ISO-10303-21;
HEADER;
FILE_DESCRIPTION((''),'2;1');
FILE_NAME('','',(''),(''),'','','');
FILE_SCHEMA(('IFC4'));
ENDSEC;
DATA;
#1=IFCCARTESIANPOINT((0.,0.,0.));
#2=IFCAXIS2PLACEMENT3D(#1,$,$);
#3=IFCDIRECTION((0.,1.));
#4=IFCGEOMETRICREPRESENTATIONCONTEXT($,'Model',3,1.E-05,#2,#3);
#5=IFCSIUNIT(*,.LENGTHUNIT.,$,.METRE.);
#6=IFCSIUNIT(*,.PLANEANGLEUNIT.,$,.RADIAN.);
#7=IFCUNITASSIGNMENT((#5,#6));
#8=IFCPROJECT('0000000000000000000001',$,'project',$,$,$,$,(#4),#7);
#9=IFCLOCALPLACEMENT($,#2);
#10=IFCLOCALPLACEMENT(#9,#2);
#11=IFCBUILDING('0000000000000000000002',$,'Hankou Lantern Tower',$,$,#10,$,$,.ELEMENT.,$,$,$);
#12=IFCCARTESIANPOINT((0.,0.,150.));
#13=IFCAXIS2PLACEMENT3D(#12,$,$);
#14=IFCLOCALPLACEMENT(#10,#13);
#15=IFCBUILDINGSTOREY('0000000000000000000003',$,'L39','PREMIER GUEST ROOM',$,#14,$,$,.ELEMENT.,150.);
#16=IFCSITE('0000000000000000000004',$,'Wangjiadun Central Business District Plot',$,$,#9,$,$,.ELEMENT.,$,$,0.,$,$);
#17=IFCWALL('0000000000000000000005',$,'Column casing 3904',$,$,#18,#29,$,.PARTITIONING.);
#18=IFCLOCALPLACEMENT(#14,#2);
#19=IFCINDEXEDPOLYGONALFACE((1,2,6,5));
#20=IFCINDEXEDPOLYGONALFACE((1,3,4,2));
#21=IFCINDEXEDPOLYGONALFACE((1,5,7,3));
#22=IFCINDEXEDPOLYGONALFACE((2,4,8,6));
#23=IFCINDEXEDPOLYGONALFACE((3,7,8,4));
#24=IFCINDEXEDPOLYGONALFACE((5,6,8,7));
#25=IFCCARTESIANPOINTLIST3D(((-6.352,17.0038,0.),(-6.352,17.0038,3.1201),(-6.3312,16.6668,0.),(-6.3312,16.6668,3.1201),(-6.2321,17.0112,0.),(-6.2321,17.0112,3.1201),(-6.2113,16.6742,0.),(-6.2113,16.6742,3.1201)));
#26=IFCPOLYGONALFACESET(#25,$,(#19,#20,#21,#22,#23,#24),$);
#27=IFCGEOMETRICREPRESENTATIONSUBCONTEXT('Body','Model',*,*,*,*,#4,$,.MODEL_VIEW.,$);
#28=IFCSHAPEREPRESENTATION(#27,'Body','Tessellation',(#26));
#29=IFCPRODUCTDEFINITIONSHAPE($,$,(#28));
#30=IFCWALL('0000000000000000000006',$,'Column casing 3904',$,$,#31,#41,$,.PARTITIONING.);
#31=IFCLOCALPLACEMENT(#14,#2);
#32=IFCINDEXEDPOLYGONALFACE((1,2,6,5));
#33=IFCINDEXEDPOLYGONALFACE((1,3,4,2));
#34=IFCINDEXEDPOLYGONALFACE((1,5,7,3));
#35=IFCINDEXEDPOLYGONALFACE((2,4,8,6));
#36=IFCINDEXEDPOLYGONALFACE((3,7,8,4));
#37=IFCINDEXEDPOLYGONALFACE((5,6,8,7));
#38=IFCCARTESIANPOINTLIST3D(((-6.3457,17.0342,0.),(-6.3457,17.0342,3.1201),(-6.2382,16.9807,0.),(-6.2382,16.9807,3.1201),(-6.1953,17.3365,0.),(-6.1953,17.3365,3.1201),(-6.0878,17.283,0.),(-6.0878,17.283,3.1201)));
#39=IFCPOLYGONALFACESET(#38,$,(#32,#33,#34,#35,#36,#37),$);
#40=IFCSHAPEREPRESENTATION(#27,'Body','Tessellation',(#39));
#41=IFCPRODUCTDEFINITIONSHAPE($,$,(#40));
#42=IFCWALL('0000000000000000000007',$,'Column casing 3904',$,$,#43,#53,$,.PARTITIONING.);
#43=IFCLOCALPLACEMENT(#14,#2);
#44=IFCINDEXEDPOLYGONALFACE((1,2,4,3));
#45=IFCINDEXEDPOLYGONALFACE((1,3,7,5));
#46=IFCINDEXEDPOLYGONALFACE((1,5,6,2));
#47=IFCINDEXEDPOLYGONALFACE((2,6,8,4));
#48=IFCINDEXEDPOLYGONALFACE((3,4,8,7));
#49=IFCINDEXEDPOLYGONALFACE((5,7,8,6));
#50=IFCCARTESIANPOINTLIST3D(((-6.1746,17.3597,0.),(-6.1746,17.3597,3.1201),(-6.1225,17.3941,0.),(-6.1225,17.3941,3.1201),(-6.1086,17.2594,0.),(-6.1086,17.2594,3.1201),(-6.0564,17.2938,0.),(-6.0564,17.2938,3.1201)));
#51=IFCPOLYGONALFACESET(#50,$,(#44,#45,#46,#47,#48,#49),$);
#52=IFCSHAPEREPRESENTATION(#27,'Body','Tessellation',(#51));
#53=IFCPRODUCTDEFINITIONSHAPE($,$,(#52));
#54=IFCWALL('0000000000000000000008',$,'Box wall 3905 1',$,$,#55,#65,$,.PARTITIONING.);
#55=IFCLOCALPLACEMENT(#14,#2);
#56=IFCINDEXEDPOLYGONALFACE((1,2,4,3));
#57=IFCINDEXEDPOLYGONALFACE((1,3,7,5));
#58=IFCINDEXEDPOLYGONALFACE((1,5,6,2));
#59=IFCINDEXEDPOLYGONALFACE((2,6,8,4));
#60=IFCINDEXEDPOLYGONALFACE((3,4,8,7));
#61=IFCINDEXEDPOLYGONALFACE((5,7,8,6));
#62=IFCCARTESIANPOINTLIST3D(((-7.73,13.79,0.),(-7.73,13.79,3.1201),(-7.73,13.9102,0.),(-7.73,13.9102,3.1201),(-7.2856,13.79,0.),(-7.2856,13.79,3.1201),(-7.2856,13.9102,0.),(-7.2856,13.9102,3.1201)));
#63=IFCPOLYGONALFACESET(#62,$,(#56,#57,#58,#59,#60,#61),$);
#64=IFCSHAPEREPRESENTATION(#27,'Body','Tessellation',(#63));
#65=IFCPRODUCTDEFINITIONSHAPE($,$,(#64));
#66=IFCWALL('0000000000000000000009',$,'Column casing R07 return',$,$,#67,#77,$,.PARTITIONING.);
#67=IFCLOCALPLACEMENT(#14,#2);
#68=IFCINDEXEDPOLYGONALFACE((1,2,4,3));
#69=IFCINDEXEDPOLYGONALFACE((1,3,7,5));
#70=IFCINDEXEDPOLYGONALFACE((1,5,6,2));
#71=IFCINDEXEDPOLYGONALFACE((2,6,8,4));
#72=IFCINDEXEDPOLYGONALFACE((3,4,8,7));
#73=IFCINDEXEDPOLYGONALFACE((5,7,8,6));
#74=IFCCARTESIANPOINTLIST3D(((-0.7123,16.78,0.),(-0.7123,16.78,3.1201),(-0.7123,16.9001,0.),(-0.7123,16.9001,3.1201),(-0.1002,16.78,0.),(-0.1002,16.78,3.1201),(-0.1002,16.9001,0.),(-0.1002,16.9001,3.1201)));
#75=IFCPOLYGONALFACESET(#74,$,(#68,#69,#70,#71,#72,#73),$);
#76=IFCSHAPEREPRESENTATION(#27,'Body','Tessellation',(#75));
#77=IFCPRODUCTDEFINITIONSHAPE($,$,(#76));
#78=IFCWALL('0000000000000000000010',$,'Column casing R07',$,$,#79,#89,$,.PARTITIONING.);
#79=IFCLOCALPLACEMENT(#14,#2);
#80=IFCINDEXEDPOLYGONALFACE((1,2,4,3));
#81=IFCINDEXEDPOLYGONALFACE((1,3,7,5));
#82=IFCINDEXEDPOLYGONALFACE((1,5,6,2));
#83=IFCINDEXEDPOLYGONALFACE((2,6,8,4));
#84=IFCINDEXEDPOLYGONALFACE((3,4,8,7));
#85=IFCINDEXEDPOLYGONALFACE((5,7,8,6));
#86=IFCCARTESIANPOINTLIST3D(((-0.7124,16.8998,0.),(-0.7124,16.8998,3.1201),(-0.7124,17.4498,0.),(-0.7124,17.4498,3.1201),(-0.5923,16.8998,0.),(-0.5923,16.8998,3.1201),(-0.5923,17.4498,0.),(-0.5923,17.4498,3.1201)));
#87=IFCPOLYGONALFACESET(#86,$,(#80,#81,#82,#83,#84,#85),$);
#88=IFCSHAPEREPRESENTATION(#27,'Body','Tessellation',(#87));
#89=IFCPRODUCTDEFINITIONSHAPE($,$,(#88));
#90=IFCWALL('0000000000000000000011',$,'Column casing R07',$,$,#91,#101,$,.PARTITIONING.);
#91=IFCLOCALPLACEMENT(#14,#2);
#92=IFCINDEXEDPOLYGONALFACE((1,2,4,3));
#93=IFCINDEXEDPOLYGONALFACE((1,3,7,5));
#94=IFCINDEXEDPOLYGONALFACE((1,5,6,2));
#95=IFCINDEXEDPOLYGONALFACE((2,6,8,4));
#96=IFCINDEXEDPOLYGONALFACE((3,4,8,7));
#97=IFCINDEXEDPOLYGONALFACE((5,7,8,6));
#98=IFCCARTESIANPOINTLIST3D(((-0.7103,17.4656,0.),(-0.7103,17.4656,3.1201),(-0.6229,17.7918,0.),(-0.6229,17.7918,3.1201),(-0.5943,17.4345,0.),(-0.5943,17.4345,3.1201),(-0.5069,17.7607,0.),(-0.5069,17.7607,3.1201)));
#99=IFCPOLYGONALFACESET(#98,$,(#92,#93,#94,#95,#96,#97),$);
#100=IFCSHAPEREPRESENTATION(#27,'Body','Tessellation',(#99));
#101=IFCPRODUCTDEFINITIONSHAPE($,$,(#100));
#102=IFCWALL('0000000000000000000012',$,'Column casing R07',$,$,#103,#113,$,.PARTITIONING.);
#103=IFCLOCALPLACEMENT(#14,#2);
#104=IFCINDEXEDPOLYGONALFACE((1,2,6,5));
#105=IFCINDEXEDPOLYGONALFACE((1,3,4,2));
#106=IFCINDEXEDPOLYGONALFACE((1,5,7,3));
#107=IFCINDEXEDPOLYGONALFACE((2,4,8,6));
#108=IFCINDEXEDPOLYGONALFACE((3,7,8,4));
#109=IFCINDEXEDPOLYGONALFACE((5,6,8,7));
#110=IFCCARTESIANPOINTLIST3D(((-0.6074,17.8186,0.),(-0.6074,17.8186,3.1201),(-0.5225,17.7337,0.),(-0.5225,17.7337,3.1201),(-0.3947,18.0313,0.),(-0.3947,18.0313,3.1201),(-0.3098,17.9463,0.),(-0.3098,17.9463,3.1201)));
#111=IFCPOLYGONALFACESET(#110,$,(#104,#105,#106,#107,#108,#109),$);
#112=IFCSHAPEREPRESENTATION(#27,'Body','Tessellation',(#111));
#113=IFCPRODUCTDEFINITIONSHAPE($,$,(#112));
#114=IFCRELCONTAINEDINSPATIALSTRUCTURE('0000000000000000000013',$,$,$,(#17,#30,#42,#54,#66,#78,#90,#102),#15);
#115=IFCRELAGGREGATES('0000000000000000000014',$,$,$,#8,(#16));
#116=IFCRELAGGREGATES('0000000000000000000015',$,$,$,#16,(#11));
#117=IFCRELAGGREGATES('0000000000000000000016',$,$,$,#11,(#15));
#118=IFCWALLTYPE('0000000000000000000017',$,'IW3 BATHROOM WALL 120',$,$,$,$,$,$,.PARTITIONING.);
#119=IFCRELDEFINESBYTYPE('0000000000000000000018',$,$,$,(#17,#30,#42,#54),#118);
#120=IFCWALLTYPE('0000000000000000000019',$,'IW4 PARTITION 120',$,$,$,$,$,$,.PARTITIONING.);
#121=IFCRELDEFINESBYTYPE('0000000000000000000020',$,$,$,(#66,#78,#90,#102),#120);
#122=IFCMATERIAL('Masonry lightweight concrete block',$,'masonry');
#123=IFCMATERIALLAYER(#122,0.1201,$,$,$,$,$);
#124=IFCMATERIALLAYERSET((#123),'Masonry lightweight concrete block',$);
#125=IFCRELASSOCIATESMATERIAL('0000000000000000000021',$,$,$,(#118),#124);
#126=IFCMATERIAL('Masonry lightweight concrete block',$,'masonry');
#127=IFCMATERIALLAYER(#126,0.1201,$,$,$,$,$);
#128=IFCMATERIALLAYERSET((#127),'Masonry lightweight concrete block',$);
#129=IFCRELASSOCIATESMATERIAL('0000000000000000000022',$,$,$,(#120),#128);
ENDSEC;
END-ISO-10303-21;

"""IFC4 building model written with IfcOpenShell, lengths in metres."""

from ifc_helpers import new_model, si_unit, direction, frame, frame_2d, origin, place, context, subcontext, project, spatial, rectangle, extrude, material, layer, layer_set, type_object, element, save


model = new_model("IFC4")

# Units and contexts
model_context = context("Model", 3, precision=1e-05, world=origin(), true_north=direction((0.0, 1.0)))
body_context = subcontext(model_context, "Body", "Model", "MODEL_VIEW")
ifc_project = project(units=[si_unit("LENGTHUNIT", "METRE"), si_unit("PLANEANGLEUNIT", "RADIAN")], contexts=[model_context])

# Site, building, storey
site_placement = place(None, origin())
site = spatial("IfcSite", under=ifc_project, at=site_placement, Name="Wangjiadun Central Business District Plot", CompositionType="ELEMENT", RefElevation=0.0)
building_placement = place(site_placement, origin())
building = spatial("IfcBuilding", under=site, at=building_placement, Name="Hankou Lantern Tower", CompositionType="ELEMENT")
storey_placement = place(building_placement, frame((0.0, 0.0, 150.0)))
storey = spatial("IfcBuildingStorey", under=building, at=storey_placement, Name="L39", Description="PREMIER GUEST ROOM", CompositionType="ELEMENT", Elevation=150.0)

# Shared definitions
ifc_material_1 = material(Name="Masonry lightweight concrete block", Category="masonry")
ifc_layer_1 = layer(ifc_material_1, 0.1201)
ifc_layer_set_1 = layer_set([ifc_layer_1], Name="Masonry lightweight concrete block")
wall_type_1 = type_object("IfcWallType", Name="IW3 BATHROOM WALL 120", PredefinedType="PARTITIONING", material=ifc_layer_set_1)

# Walls
for number, where, z_axis, x_axis, name in (
    (1, (-6.2712, 16.6704, 0.0), (0.0, 0.0, 1.0), (-0.061478, 0.998108, 0.0), "Column casing 3904"),
    (2, (-6.292, 17.0073, 0.0), (0.0, 0.0, 1.0), (0.445477, 0.895293, 0.0), "Column casing 3904"),
):
    element("IfcWall", number, at=place(storey_placement, frame(where, z_axis=z_axis, x_axis=x_axis)), inside=storey, type_object=wall_type_1, Name=name, PredefinedType="PARTITIONING", context=body_context, shape_type="SweptSolid", body=[
        extrude(rectangle(XDim=0.3376, YDim=0.1201, at=frame_2d((0.1689, 0.0))), origin(), (0.0, 0.0, 1.0), 3.1201),
    ])
wall_1_placement = place(storey_placement, frame((-6.1416, 17.3096, 0.0), z_axis=(0.0, 0.0, 1.0), x_axis=(0.83504, 0.55019, 0.0)))
element("IfcWall", 3, at=wall_1_placement, inside=storey, type_object=wall_type_1, Name="Column casing 3904", PredefinedType="PARTITIONING", context=body_context, shape_type="SweptSolid", body=[
    extrude(rectangle(XDim=0.0625, YDim=0.1201, at=frame_2d((0.0312, 0.0))), origin(), (0.0, 0.0, 1.0), 3.1201),
])
wall_2_placement = place(storey_placement, frame((-7.2856, 13.8501, 0.0), z_axis=(0.0, 0.0, 1.0), x_axis=(-1.0, 0.0, 0.0)))
element("IfcWall", 4, at=wall_2_placement, inside=storey, type_object=wall_type_1, Name="Box wall 3905 1", PredefinedType="PARTITIONING", context=body_context, shape_type="SweptSolid", body=[
    extrude(rectangle(XDim=0.4443, YDim=0.1201, at=frame_2d((0.2222, 0.0))), origin(), (0.0, 0.0, 1.0), 3.1201),
])
ifc_material_2 = material(Name="Masonry lightweight concrete block", Category="masonry")
ifc_layer_2 = layer(ifc_material_2, 0.1201)
ifc_layer_set_2 = layer_set([ifc_layer_2], Name="Masonry lightweight concrete block")
wall_type_2 = type_object("IfcWallType", Name="IW4 PARTITION 120", PredefinedType="PARTITIONING", material=ifc_layer_set_2)
wall_3_placement = place(storey_placement, frame((-0.1001, 16.8401, 0.0), z_axis=(0.0, 0.0, 1.0), x_axis=(-1.0, 0.0, 0.0)))
element("IfcWall", 5, at=wall_3_placement, inside=storey, type_object=wall_type_2, Name="Column casing R07 return", PredefinedType="PARTITIONING", context=body_context, shape_type="SweptSolid", body=[
    extrude(rectangle(XDim=0.6121, YDim=0.1201, at=frame_2d((0.3062, 0.0))), origin(), (0.0, 0.0, 1.0), 3.1201),
])
wall_4_placement = place(storey_placement, frame((-0.6523, 16.8999, 0.0), z_axis=(0.0, 0.0, 1.0), x_axis=(0.0, 1.0, 0.0)))
element("IfcWall", 6, at=wall_4_placement, inside=storey, type_object=wall_type_2, Name="Column casing R07", PredefinedType="PARTITIONING", context=body_context, shape_type="SweptSolid", body=[
    extrude(rectangle(XDim=0.55, YDim=0.1201, at=frame_2d((0.2749, 0.0))), origin(), (0.0, 0.0, 1.0), 3.1201),
])
wall_5_placement = place(storey_placement, frame((-0.6523, 17.45, 0.0), z_axis=(0.0, 0.0, 1.0), x_axis=(0.258832, 0.965922, 0.0)))
element("IfcWall", 7, at=wall_5_placement, inside=storey, type_object=wall_type_2, Name="Column casing R07", PredefinedType="PARTITIONING", context=body_context, shape_type="SweptSolid", body=[
    extrude(rectangle(XDim=0.3376, YDim=0.1201, at=frame_2d((0.1689, 0.0))), origin(), (0.0, 0.0, 1.0), 3.1201),
])
wall_6_placement = place(storey_placement, frame((-0.5649, 17.7761, 0.0), z_axis=(0.0, 0.0, 1.0), x_axis=(0.707107, 0.707107, 0.0)))
element("IfcWall", 8, at=wall_6_placement, inside=storey, type_object=wall_type_2, Name="Column casing R07", PredefinedType="PARTITIONING", context=body_context, shape_type="SweptSolid", body=[
    extrude(rectangle(XDim=0.3008, YDim=0.1201, at=frame_2d((0.1504, 0.0))), origin(), (0.0, 0.0, 1.0), 3.1201),
])

save(model, "model.ifc")
